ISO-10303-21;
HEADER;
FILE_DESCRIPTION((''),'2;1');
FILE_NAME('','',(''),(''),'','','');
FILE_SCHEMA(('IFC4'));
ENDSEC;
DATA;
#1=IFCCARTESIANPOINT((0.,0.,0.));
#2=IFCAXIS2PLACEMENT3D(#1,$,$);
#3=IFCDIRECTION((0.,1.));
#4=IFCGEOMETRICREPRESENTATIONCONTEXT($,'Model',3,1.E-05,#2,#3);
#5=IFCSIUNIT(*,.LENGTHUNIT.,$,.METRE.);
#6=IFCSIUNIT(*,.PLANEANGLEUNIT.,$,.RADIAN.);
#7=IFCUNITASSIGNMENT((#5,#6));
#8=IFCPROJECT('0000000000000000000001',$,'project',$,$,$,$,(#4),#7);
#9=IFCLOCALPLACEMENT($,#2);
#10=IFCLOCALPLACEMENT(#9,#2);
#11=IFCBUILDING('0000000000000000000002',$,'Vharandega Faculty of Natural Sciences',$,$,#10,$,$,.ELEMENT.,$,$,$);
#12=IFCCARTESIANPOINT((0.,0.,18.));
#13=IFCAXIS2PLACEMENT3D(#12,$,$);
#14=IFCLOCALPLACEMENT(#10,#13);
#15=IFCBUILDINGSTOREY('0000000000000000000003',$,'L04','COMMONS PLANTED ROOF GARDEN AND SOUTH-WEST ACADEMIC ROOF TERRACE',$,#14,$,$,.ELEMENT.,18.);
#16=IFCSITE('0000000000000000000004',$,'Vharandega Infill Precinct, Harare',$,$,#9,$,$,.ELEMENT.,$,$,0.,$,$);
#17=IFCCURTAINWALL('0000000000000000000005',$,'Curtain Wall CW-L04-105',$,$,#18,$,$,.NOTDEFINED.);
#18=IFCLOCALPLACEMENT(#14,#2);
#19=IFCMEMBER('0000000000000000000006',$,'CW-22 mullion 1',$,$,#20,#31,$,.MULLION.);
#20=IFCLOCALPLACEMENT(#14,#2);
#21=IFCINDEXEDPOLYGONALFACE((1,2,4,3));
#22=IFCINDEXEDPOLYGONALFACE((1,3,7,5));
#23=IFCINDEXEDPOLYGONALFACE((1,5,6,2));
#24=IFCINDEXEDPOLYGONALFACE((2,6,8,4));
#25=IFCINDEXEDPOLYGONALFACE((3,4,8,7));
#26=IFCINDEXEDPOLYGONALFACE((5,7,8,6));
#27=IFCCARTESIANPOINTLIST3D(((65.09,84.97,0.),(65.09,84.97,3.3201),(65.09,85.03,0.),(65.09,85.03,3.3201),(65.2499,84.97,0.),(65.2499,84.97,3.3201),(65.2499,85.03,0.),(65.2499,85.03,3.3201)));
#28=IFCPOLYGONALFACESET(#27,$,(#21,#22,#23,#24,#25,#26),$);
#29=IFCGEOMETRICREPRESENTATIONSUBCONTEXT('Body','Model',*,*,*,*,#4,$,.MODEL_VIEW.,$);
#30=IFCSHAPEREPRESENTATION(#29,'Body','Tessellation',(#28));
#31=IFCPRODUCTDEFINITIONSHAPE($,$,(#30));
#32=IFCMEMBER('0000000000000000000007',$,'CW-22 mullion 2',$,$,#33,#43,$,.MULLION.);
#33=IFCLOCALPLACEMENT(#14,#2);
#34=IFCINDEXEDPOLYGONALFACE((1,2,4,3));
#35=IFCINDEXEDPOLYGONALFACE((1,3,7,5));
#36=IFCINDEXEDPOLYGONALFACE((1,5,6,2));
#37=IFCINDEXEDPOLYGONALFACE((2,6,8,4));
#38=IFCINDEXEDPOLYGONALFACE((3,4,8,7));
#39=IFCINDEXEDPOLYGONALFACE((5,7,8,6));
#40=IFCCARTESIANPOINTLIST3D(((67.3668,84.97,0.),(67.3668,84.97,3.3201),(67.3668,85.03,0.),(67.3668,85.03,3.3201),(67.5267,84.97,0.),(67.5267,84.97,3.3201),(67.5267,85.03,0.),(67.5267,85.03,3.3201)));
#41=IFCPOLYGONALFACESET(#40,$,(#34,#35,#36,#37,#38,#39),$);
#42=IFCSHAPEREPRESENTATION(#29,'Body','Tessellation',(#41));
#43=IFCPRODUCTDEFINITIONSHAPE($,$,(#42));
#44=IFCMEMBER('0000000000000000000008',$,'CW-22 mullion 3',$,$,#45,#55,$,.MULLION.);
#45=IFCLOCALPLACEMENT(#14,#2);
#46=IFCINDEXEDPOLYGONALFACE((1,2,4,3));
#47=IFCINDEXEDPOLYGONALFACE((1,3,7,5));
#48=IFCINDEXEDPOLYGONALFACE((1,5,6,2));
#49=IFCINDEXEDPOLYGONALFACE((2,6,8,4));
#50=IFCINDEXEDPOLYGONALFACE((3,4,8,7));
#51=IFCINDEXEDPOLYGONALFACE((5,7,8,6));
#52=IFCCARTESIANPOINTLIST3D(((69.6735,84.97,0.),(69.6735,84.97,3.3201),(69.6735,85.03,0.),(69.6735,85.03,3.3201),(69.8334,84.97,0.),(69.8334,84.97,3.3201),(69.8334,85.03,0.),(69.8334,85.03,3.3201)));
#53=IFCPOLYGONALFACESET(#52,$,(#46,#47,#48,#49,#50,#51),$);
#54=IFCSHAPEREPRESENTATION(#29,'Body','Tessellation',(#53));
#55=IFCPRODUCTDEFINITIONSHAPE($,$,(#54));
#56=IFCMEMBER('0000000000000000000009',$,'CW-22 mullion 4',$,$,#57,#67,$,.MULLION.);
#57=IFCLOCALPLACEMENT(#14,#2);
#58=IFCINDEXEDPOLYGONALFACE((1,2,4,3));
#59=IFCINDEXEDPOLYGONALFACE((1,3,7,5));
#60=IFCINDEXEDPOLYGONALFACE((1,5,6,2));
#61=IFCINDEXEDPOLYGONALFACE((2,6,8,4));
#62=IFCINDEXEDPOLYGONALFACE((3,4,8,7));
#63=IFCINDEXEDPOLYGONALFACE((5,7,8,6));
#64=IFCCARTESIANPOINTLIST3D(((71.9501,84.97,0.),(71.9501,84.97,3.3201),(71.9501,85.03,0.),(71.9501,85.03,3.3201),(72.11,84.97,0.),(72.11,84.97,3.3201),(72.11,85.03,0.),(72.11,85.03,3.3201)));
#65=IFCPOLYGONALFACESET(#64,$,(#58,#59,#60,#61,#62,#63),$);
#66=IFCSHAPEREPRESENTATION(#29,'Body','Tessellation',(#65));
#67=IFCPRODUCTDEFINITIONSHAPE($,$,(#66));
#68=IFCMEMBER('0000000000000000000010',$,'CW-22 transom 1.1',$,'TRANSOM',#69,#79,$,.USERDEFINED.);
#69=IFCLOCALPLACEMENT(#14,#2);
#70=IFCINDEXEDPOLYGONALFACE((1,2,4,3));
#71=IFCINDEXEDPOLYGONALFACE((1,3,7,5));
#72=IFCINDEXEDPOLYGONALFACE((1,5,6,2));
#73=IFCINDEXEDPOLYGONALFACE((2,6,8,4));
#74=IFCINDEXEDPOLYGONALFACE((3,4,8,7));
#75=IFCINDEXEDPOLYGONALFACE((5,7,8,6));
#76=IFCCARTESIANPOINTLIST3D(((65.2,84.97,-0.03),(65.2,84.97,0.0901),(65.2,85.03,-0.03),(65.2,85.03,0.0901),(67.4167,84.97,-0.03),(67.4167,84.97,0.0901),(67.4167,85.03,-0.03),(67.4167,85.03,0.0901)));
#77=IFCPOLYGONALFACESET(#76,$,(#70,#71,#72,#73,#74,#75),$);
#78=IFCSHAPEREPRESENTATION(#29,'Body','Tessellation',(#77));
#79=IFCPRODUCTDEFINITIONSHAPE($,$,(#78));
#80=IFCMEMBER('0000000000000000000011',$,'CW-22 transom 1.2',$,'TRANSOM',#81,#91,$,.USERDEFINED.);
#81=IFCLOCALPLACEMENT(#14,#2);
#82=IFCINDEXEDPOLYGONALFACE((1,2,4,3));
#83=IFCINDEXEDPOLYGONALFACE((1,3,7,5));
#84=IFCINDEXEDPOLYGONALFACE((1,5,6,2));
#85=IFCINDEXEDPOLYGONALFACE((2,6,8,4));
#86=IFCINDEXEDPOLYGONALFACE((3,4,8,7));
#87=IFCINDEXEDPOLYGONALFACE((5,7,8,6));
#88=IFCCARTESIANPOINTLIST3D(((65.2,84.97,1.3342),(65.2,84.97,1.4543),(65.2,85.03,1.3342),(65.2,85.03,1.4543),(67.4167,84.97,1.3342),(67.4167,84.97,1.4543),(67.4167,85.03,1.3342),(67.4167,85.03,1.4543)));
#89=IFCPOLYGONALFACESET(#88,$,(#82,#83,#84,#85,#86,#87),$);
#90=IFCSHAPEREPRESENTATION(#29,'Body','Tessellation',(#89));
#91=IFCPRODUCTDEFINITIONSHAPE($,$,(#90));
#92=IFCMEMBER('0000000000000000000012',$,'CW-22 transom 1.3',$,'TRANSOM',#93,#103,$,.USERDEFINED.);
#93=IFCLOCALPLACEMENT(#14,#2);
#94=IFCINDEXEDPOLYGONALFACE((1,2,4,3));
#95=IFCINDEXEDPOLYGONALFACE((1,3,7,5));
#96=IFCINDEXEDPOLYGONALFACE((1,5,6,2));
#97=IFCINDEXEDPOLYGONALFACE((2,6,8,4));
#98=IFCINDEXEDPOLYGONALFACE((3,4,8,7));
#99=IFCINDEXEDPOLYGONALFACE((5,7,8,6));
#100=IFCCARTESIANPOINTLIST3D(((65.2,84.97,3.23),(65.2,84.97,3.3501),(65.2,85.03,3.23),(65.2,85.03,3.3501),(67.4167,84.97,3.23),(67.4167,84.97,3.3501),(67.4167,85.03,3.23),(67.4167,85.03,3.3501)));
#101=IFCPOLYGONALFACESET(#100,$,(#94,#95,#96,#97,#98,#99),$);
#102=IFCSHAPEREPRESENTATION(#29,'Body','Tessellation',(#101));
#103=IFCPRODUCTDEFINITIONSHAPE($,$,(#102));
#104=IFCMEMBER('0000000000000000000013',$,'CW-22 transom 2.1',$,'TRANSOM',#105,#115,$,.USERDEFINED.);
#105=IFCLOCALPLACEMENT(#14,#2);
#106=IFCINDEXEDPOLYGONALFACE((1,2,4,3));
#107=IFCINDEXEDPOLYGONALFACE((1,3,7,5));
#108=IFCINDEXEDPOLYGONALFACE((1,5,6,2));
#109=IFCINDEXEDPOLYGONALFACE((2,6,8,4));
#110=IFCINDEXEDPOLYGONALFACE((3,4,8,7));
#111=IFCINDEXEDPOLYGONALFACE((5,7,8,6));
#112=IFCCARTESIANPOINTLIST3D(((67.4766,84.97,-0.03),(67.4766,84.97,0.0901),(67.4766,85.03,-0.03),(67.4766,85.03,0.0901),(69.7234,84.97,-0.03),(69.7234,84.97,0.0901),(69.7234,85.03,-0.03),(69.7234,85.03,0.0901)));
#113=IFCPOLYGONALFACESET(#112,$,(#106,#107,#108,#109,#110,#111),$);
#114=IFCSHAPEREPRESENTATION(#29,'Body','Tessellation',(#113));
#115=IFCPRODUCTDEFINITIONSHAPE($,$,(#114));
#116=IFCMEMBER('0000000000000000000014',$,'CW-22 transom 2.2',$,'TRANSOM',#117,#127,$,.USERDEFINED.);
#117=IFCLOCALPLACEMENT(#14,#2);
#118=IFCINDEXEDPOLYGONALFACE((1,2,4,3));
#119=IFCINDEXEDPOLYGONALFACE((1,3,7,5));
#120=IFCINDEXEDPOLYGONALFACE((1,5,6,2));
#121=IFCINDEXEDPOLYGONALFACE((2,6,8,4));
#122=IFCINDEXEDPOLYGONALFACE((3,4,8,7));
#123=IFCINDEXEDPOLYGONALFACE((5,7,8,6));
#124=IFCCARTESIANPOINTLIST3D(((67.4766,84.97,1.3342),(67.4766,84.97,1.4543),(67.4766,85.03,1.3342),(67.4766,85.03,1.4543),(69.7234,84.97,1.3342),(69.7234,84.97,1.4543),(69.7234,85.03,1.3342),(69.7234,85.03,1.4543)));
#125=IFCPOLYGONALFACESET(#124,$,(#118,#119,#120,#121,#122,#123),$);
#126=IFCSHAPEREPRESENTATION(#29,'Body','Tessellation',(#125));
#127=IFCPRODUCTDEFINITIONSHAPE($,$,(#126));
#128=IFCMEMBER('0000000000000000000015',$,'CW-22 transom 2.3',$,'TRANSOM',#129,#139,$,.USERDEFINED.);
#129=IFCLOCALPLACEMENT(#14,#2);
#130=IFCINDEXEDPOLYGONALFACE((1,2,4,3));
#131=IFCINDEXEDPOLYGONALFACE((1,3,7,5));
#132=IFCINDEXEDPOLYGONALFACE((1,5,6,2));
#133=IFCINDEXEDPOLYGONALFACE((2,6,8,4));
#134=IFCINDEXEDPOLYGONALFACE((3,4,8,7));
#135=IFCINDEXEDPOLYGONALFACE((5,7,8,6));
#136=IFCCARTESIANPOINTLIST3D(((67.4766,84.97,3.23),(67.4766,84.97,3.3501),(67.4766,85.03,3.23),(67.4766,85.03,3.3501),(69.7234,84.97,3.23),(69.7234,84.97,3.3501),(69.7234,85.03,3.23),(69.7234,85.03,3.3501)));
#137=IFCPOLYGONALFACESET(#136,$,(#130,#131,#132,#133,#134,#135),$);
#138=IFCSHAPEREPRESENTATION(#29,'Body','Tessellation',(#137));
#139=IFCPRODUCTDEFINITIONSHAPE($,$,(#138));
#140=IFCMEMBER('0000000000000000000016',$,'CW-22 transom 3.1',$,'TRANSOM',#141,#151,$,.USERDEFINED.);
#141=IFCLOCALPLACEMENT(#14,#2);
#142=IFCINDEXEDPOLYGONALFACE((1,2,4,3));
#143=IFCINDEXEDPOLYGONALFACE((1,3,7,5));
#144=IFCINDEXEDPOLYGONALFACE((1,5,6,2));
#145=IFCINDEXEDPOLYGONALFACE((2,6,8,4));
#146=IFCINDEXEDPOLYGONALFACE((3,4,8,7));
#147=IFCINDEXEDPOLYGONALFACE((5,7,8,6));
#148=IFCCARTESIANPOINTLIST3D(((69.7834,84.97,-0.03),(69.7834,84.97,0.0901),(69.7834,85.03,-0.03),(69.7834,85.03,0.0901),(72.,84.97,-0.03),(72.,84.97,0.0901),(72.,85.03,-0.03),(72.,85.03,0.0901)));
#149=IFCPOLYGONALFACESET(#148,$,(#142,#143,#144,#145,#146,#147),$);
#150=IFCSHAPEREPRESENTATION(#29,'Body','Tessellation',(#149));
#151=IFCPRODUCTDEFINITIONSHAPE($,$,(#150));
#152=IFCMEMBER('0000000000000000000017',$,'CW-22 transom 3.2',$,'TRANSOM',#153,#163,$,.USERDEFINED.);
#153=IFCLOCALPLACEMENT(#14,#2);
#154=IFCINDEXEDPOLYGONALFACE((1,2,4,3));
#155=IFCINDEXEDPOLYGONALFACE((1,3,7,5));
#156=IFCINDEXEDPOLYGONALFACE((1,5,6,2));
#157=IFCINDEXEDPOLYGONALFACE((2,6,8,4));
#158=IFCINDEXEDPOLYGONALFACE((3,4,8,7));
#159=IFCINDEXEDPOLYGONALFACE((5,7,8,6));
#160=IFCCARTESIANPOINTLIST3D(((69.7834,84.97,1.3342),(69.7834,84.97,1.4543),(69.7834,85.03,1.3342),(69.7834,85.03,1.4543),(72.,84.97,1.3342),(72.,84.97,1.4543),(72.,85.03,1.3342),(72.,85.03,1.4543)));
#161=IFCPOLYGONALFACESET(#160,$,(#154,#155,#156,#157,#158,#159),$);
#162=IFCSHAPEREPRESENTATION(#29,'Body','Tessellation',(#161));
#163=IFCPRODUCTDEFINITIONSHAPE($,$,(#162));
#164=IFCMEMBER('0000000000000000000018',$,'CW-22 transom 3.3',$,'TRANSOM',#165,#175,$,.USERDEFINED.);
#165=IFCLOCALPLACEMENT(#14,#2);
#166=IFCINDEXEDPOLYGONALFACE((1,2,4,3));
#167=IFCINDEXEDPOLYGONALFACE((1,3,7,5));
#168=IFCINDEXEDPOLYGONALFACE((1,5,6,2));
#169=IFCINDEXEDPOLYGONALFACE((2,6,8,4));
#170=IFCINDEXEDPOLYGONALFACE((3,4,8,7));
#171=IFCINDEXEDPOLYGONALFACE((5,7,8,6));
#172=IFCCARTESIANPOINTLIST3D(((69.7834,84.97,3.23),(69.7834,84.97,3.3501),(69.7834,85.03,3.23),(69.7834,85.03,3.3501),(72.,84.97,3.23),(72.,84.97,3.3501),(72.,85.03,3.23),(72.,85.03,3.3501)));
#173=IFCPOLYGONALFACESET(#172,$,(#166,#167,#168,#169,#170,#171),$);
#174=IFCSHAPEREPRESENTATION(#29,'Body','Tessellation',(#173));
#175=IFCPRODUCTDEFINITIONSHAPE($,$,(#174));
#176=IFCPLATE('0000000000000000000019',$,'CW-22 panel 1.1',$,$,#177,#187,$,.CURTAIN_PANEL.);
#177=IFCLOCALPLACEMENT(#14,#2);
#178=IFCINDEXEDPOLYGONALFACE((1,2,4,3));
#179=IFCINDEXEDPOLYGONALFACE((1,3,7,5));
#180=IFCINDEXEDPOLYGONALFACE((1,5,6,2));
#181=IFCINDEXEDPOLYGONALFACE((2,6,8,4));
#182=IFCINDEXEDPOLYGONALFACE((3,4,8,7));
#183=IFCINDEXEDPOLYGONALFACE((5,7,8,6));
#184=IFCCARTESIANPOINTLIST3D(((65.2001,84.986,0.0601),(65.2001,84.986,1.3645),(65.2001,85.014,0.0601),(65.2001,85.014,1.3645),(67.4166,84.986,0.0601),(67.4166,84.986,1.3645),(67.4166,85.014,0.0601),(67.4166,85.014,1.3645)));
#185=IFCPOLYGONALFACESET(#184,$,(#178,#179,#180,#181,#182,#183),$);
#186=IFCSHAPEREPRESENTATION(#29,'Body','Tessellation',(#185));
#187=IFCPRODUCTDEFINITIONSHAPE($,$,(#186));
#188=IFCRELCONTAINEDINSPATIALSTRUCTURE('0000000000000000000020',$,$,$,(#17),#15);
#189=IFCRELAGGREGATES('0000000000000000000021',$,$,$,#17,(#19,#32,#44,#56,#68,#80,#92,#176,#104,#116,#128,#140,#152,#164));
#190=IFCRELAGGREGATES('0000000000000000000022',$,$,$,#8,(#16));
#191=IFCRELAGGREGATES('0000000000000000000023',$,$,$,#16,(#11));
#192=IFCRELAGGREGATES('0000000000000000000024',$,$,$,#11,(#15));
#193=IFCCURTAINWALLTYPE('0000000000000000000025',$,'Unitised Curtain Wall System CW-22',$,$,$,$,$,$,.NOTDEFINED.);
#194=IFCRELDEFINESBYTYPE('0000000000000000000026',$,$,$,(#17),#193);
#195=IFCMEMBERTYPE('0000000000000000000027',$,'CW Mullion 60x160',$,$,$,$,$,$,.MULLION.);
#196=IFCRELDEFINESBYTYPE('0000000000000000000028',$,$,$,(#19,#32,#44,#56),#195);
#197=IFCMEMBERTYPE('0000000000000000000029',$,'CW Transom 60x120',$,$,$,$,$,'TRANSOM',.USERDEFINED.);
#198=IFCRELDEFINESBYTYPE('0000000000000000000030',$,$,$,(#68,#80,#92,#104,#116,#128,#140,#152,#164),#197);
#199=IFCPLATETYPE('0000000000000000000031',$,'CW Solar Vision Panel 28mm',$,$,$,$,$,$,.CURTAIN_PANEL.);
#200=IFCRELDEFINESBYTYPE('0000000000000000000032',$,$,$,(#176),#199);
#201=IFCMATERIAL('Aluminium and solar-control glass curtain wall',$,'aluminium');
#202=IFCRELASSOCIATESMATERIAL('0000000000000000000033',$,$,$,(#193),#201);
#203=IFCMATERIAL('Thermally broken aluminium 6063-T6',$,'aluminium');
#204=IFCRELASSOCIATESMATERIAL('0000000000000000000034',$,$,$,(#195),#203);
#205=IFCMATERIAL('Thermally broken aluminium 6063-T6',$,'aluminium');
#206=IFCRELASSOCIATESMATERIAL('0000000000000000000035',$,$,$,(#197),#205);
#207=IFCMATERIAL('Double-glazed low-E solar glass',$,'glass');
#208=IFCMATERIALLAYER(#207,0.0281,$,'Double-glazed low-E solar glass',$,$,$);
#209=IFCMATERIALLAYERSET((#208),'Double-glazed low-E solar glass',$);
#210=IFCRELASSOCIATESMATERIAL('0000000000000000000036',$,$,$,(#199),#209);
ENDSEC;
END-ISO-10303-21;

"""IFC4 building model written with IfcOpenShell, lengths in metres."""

from ifc_helpers import new_model, si_unit, direction, frame, origin, origin_2d, place, context, subcontext, project, spatial, rectangle, extrude, material, layer, layer_set, material_profile, profile_set, type_object, element, aggregate, save


model = new_model("IFC4")

# Units and contexts
model_context = context("Model", 3, precision=1e-05, world=origin(), true_north=direction((0.0, 1.0)))
body_context = subcontext(model_context, "Body", "Model", "MODEL_VIEW")
ifc_project = project(units=[si_unit("LENGTHUNIT", "METRE"), si_unit("PLANEANGLEUNIT", "RADIAN")], contexts=[model_context])

# Site, building, storey
site_placement = place(None, origin())
site = spatial("IfcSite", under=ifc_project, at=site_placement, Name="Vharandega Infill Precinct, Harare", CompositionType="ELEMENT", RefElevation=0.0)
building_placement = place(site_placement, origin())
building = spatial("IfcBuilding", under=site, at=building_placement, Name="Vharandega Faculty of Natural Sciences", CompositionType="ELEMENT")
storey_placement = place(building_placement, frame((0.0, 0.0, 18.0)))
storey = spatial("IfcBuildingStorey", under=building, at=storey_placement, Name="L04", Description="COMMONS PLANTED ROOF GARDEN AND SOUTH-WEST ACADEMIC ROOF TERRACE", CompositionType="ELEMENT", Elevation=18.0)

# Curtain wall, members, plate
ifc_material_1 = material(Name="Aluminium and solar-control glass curtain wall", Category="aluminium")
curtain_wall_type = type_object("IfcCurtainWallType", Name="Unitised Curtain Wall System CW-22", PredefinedType="NOTDEFINED", material=ifc_material_1)
curtain_wall_placement = place(storey_placement, origin())
curtain_wall = element("IfcCurtainWall", 1, at=curtain_wall_placement, inside=storey, type_object=curtain_wall_type, Name="Curtain Wall CW-L04-105", PredefinedType="NOTDEFINED")
ifc_material_2 = material(Name="Thermally broken aluminium 6063-T6", Category="aluminium")
ifc_material_profile_1 = material_profile(ifc_material_2, rectangle(XDim=0.0601, YDim=0.1599, at=origin_2d()), Name="ALU 60x160")
ifc_profile_set_1 = profile_set([ifc_material_profile_1], Name="Thermally broken aluminium 6063-T6")
member_type_1 = type_object("IfcMemberType", Name="CW Mullion 60x160", PredefinedType="MULLION", material=ifc_profile_set_1)
member_1_placement = place(storey_placement, frame((65.1699, 85.0, 0.0), z_axis=(0.0, 0.0, 1.0), x_axis=(0.0, 1.0, 0.0)))
member_1 = element("IfcMember", 2, at=member_1_placement, type_object=member_type_1, Name="CW-22 mullion 1", PredefinedType="MULLION", context=body_context, shape_type="SweptSolid", body=[
    extrude(rectangle(XDim=0.0601, YDim=0.1599, at=origin_2d()), origin(), (0.0, 0.0, 1.0), 3.3201),
])
member_2_placement = place(storey_placement, frame((67.4468, 85.0, 0.0), z_axis=(0.0, 0.0, 1.0), x_axis=(0.0, 1.0, 0.0)))
member_2 = element("IfcMember", 3, at=member_2_placement, type_object=member_type_1, Name="CW-22 mullion 2", PredefinedType="MULLION", context=body_context, shape_type="SweptSolid", body=[
    extrude(rectangle(XDim=0.0601, YDim=0.1599, at=origin_2d()), origin(), (0.0, 0.0, 1.0), 3.3201),
])
member_3_placement = place(storey_placement, frame((69.7534, 85.0, 0.0), z_axis=(0.0, 0.0, 1.0), x_axis=(0.0, 1.0, 0.0)))
member_3 = element("IfcMember", 4, at=member_3_placement, type_object=member_type_1, Name="CW-22 mullion 3", PredefinedType="MULLION", context=body_context, shape_type="SweptSolid", body=[
    extrude(rectangle(XDim=0.0601, YDim=0.1599, at=origin_2d()), origin(), (0.0, 0.0, 1.0), 3.3201),
])
member_4_placement = place(storey_placement, frame((72.03, 85.0, 0.0), z_axis=(0.0, 0.0, 1.0), x_axis=(0.0, 1.0, 0.0)))
member_4 = element("IfcMember", 5, at=member_4_placement, type_object=member_type_1, Name="CW-22 mullion 4", PredefinedType="MULLION", context=body_context, shape_type="SweptSolid", body=[
    extrude(rectangle(XDim=0.0601, YDim=0.1599, at=origin_2d()), origin(), (0.0, 0.0, 1.0), 3.3201),
])
ifc_material_3 = material(Name="Thermally broken aluminium 6063-T6", Category="aluminium")
ifc_material_profile_2 = material_profile(ifc_material_3, rectangle(XDim=0.0601, YDim=0.1201, at=origin_2d()), Name="ALU 60x120")
ifc_profile_set_2 = profile_set([ifc_material_profile_2], Name="Thermally broken aluminium 6063-T6")
member_type_2 = type_object("IfcMemberType", Name="CW Transom 60x120", ElementType="TRANSOM", PredefinedType="USERDEFINED", material=ifc_profile_set_2)
member_5_placement = place(storey_placement, frame((65.2, 85.0, 0.03), z_axis=(1.0, 0.0, 0.0), x_axis=(0.0, 1.0, 0.0)))
member_5 = element("IfcMember", 6, at=member_5_placement, type_object=member_type_2, Name="CW-22 transom 1.1", ObjectType="TRANSOM", PredefinedType="USERDEFINED", context=body_context, shape_type="SweptSolid", body=[
    extrude(rectangle(XDim=0.0601, YDim=0.1201, at=origin_2d()), origin(), (0.0, 0.0, 1.0), 2.2168),
])
member_6_placement = place(storey_placement, frame((65.2, 85.0, 1.3943), z_axis=(1.0, 0.0, 0.0), x_axis=(0.0, 1.0, 0.0)))
member_6 = element("IfcMember", 7, at=member_6_placement, type_object=member_type_2, Name="CW-22 transom 1.2", ObjectType="TRANSOM", PredefinedType="USERDEFINED", context=body_context, shape_type="SweptSolid", body=[
    extrude(rectangle(XDim=0.0601, YDim=0.1201, at=origin_2d()), origin(), (0.0, 0.0, 1.0), 2.2168),
])
member_7_placement = place(storey_placement, frame((65.2, 85.0, 3.29), z_axis=(1.0, 0.0, 0.0), x_axis=(0.0, 1.0, 0.0)))
member_7 = element("IfcMember", 8, at=member_7_placement, type_object=member_type_2, Name="CW-22 transom 1.3", ObjectType="TRANSOM", PredefinedType="USERDEFINED", context=body_context, shape_type="SweptSolid", body=[
    extrude(rectangle(XDim=0.0601, YDim=0.1201, at=origin_2d()), origin(), (0.0, 0.0, 1.0), 2.2168),
])
member_8_placement = place(storey_placement, frame((67.4766, 85.0, 0.03), z_axis=(1.0, 0.0, 0.0), x_axis=(0.0, 1.0, 0.0)))
member_8 = element("IfcMember", 9, at=member_8_placement, type_object=member_type_2, Name="CW-22 transom 2.1", ObjectType="TRANSOM", PredefinedType="USERDEFINED", context=body_context, shape_type="SweptSolid", body=[
    extrude(rectangle(XDim=0.0601, YDim=0.1201, at=origin_2d()), origin(), (0.0, 0.0, 1.0), 2.2468),
])
member_9_placement = place(storey_placement, frame((67.4766, 85.0, 1.3943), z_axis=(1.0, 0.0, 0.0), x_axis=(0.0, 1.0, 0.0)))
member_9 = element("IfcMember", 10, at=member_9_placement, type_object=member_type_2, Name="CW-22 transom 2.2", ObjectType="TRANSOM", PredefinedType="USERDEFINED", context=body_context, shape_type="SweptSolid", body=[
    extrude(rectangle(XDim=0.0601, YDim=0.1201, at=origin_2d()), origin(), (0.0, 0.0, 1.0), 2.2468),
])
member_10_placement = place(storey_placement, frame((67.4766, 85.0, 3.29), z_axis=(1.0, 0.0, 0.0), x_axis=(0.0, 1.0, 0.0)))
member_10 = element("IfcMember", 11, at=member_10_placement, type_object=member_type_2, Name="CW-22 transom 2.3", ObjectType="TRANSOM", PredefinedType="USERDEFINED", context=body_context, shape_type="SweptSolid", body=[
    extrude(rectangle(XDim=0.0601, YDim=0.1201, at=origin_2d()), origin(), (0.0, 0.0, 1.0), 2.2468),
])
member_11_placement = place(storey_placement, frame((69.7834, 85.0, 0.03), z_axis=(1.0, 0.0, 0.0), x_axis=(0.0, 1.0, 0.0)))
member_11 = element("IfcMember", 12, at=member_11_placement, type_object=member_type_2, Name="CW-22 transom 3.1", ObjectType="TRANSOM", PredefinedType="USERDEFINED", context=body_context, shape_type="SweptSolid", body=[
    extrude(rectangle(XDim=0.0601, YDim=0.1201, at=origin_2d()), origin(), (0.0, 0.0, 1.0), 2.2166),
])
member_12_placement = place(storey_placement, frame((69.7834, 85.0, 1.3943), z_axis=(1.0, 0.0, 0.0), x_axis=(0.0, 1.0, 0.0)))
member_12 = element("IfcMember", 13, at=member_12_placement, type_object=member_type_2, Name="CW-22 transom 3.2", ObjectType="TRANSOM", PredefinedType="USERDEFINED", context=body_context, shape_type="SweptSolid", body=[
    extrude(rectangle(XDim=0.0601, YDim=0.1201, at=origin_2d()), origin(), (0.0, 0.0, 1.0), 2.2166),
])
member_13_placement = place(storey_placement, frame((69.7834, 85.0, 3.29), z_axis=(1.0, 0.0, 0.0), x_axis=(0.0, 1.0, 0.0)))
member_13 = element("IfcMember", 14, at=member_13_placement, type_object=member_type_2, Name="CW-22 transom 3.3", ObjectType="TRANSOM", PredefinedType="USERDEFINED", context=body_context, shape_type="SweptSolid", body=[
    extrude(rectangle(XDim=0.0601, YDim=0.1201, at=origin_2d()), origin(), (0.0, 0.0, 1.0), 2.2166),
])
ifc_material_4 = material(Name="Double-glazed low-E solar glass", Category="glass")
ifc_layer_1 = layer(ifc_material_4, 0.0281, Name="Double-glazed low-E solar glass")
ifc_layer_set_1 = layer_set([ifc_layer_1], Name="Double-glazed low-E solar glass")
plate_type = type_object("IfcPlateType", Name="CW Solar Vision Panel 28mm", PredefinedType="CURTAIN_PANEL", material=ifc_layer_set_1)
plate_1_placement = place(storey_placement, frame((66.3083, 85.0, 0.0601), z_axis=(0.0, 0.0, 1.0), x_axis=(1.0, 0.0, 0.0)))
plate_1 = element("IfcPlate", 15, at=plate_1_placement, type_object=plate_type, Name="CW-22 panel 1.1", PredefinedType="CURTAIN_PANEL", context=body_context, shape_type="SweptSolid", body=[
    extrude(rectangle(XDim=2.2166, YDim=0.0281, at=origin_2d()), origin(), (0.0, 0.0, 1.0), 1.3044),
])
aggregate(curtain_wall, [member_1, member_2, member_3, member_4, member_5, member_6, member_7, plate_1, member_8, member_9, member_10, member_11, member_12, member_13])

save(model, "model.ifc")
